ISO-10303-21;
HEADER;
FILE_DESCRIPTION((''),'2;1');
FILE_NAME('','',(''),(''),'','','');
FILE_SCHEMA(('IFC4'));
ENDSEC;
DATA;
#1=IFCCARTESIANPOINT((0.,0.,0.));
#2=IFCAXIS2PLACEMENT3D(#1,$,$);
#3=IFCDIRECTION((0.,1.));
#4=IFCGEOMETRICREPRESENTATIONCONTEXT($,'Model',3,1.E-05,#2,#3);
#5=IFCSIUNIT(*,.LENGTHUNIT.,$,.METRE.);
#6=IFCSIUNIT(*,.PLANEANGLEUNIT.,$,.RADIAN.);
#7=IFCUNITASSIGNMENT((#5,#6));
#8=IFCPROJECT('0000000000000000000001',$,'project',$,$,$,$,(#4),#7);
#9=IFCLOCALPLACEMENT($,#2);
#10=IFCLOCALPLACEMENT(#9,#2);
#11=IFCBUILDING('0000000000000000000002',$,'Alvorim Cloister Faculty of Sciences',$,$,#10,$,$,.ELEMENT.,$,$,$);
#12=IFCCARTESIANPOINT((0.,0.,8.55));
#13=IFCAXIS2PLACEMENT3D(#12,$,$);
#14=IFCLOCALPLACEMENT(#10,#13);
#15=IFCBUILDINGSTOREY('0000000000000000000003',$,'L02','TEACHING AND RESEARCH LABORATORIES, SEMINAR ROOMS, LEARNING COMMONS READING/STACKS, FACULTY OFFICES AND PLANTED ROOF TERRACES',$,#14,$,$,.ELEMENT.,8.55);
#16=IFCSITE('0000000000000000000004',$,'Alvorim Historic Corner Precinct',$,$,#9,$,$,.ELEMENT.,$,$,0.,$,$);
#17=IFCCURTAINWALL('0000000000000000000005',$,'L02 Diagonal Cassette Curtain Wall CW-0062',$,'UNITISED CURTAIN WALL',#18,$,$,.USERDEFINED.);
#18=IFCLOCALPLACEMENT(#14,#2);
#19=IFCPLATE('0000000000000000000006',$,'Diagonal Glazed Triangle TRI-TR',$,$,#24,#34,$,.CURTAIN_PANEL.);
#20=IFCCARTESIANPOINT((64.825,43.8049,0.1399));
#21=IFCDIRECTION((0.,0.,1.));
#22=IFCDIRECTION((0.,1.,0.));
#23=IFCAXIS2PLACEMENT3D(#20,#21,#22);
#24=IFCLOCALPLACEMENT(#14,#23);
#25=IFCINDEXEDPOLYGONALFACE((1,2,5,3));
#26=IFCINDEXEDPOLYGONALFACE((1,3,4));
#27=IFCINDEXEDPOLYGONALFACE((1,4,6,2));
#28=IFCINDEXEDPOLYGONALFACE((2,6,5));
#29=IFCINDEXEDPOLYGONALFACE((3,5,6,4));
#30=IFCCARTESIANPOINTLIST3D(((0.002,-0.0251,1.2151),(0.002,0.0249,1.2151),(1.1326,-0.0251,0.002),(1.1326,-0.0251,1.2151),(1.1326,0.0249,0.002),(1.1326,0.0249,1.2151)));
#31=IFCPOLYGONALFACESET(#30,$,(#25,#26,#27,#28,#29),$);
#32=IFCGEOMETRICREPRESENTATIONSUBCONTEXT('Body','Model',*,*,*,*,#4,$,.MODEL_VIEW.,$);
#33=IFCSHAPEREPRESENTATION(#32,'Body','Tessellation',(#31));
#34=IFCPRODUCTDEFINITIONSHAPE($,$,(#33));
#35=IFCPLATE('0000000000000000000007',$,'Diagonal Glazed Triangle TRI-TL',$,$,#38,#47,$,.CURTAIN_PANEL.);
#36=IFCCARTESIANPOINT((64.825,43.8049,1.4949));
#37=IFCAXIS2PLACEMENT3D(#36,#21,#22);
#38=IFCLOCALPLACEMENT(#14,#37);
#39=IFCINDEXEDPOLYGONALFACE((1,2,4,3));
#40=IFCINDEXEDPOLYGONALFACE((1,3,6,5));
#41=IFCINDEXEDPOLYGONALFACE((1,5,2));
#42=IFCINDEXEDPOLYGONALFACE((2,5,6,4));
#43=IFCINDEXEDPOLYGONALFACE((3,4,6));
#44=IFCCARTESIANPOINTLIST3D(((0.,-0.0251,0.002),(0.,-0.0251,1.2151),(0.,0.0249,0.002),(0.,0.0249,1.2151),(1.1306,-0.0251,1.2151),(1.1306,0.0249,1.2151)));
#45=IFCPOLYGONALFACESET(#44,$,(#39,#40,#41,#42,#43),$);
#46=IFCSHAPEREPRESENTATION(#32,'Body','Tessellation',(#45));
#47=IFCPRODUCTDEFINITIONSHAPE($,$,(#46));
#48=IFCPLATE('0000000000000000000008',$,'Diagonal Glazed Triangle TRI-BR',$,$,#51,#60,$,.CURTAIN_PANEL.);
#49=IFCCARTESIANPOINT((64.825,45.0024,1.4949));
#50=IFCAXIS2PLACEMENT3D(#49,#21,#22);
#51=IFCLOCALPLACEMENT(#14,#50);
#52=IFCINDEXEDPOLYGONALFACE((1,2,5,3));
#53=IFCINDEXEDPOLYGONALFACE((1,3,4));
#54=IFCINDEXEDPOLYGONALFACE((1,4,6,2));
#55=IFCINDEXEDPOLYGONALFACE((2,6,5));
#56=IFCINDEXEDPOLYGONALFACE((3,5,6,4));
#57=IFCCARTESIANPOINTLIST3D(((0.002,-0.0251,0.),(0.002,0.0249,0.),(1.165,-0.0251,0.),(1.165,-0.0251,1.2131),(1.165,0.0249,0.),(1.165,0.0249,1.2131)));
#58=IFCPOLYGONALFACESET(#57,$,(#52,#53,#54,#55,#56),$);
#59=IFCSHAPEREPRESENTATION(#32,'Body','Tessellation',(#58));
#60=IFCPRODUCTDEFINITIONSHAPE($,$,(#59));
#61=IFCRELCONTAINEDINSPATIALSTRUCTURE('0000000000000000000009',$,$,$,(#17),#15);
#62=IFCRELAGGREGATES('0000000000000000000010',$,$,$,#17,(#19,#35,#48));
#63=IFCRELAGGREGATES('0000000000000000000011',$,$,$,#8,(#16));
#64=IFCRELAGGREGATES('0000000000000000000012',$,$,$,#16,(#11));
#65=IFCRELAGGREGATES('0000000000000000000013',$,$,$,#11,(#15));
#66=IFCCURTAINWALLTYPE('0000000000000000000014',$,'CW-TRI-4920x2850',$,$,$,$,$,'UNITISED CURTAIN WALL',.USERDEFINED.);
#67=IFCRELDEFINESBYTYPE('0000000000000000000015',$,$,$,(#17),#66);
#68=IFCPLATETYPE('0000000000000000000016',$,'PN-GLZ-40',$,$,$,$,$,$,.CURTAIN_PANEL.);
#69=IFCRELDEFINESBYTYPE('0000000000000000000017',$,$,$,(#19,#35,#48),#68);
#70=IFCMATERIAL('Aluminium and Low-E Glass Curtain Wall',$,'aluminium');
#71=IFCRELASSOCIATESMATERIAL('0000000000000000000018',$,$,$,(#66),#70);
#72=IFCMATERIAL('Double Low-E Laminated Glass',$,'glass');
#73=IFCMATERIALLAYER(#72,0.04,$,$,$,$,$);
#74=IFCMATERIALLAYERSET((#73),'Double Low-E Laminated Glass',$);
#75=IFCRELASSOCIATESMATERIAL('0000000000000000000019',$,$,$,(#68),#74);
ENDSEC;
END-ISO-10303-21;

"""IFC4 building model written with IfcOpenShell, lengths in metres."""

from ifc_helpers import new_model, si_unit, direction, frame, origin, place, context, subcontext, project, spatial, polyline, outline, extrude, material, layer, layer_set, type_object, element, aggregate, save


model = new_model("IFC4")

# Units and contexts
model_context = context("Model", 3, precision=1e-05, world=origin(), true_north=direction((0.0, 1.0)))
body_context = subcontext(model_context, "Body", "Model", "MODEL_VIEW")
ifc_project = project(units=[si_unit("LENGTHUNIT", "METRE"), si_unit("PLANEANGLEUNIT", "RADIAN")], contexts=[model_context])

# Site, building, storey
site_placement = place(None, origin())
site = spatial("IfcSite", under=ifc_project, at=site_placement, Name="Alvorim Historic Corner Precinct", CompositionType="ELEMENT", RefElevation=0.0)
building_placement = place(site_placement, origin())
building = spatial("IfcBuilding", under=site, at=building_placement, Name="Alvorim Cloister Faculty of Sciences", CompositionType="ELEMENT")
storey_placement = place(building_placement, frame((0.0, 0.0, 8.55)))
storey = spatial("IfcBuildingStorey", under=building, at=storey_placement, Name="L02", Description="TEACHING AND RESEARCH LABORATORIES, SEMINAR ROOMS, LEARNING COMMONS READING/STACKS, FACULTY OFFICES AND PLANTED ROOF TERRACES", CompositionType="ELEMENT", Elevation=8.55)

# Curtain wall, plates
ifc_material_1 = material(Name="Aluminium and Low-E Glass Curtain Wall", Category="aluminium")
curtain_wall_type = type_object("IfcCurtainWallType", Name="CW-TRI-4920x2850", ElementType="UNITISED CURTAIN WALL", PredefinedType="USERDEFINED", material=ifc_material_1)
curtain_wall_placement = place(storey_placement, origin())
curtain_wall = element("IfcCurtainWall", 1, at=curtain_wall_placement, inside=storey, type_object=curtain_wall_type, Name="L02 Diagonal Cassette Curtain Wall CW-0062", ObjectType="UNITISED CURTAIN WALL", PredefinedType="USERDEFINED")
ifc_material_2 = material(Name="Double Low-E Laminated Glass", Category="glass")
ifc_layer_1 = layer(ifc_material_2, 0.04)
ifc_layer_set_1 = layer_set([ifc_layer_1], Name="Double Low-E Laminated Glass")
plate_type = type_object("IfcPlateType", Name="PN-GLZ-40", PredefinedType="CURTAIN_PANEL", material=ifc_layer_set_1)
plate_1_placement = place(storey_placement, frame((64.825, 43.8049, 0.1399), z_axis=(0.0, 0.0, 1.0), x_axis=(0.0, 1.0, 0.0)))
plate_1 = element("IfcPlate", 2, at=plate_1_placement, type_object=plate_type, Name="Diagonal Glazed Triangle TRI-TR", PredefinedType="CURTAIN_PANEL", context=body_context, shape_type="SweptSolid", body=[
    extrude(outline(polyline([(1.1326, 0.002), (1.1326, 1.2151), (0.002, 1.2151), (1.1326, 0.002)])), frame((0.0, 0.0249, 0.0), z_axis=(0.0, -1.0, 0.0), x_axis=(1.0, 0.0, 0.0)), (0.0, 0.0, 1.0), 0.05),
])
plate_2_placement = place(storey_placement, frame((64.825, 43.8049, 1.4949), z_axis=(0.0, 0.0, 1.0), x_axis=(0.0, 1.0, 0.0)))
plate_2 = element("IfcPlate", 3, at=plate_2_placement, type_object=plate_type, Name="Diagonal Glazed Triangle TRI-TL", PredefinedType="CURTAIN_PANEL", context=body_context, shape_type="SweptSolid", body=[
    extrude(outline(polyline([(1.1306, 1.2151), (0.0, 1.2151), (0.0, 0.002), (1.1306, 1.2151)])), frame((0.0, 0.0249, 0.0), z_axis=(0.0, -1.0, 0.0), x_axis=(1.0, 0.0, 0.0)), (0.0, 0.0, 1.0), 0.05),
])
plate_3_placement = place(storey_placement, frame((64.825, 45.0024, 1.4949), z_axis=(0.0, 0.0, 1.0), x_axis=(0.0, 1.0, 0.0)))
plate_3 = element("IfcPlate", 4, at=plate_3_placement, type_object=plate_type, Name="Diagonal Glazed Triangle TRI-BR", PredefinedType="CURTAIN_PANEL", context=body_context, shape_type="SweptSolid", body=[
    extrude(outline(polyline([(0.002, 0.0), (1.165, 0.0), (1.165, 1.2131), (0.002, 0.0)])), frame((0.0, 0.0249, 0.0), z_axis=(0.0, -1.0, 0.0), x_axis=(1.0, 0.0, 0.0)), (0.0, 0.0, 1.0), 0.05),
])
aggregate(curtain_wall, [plate_1, plate_2, plate_3])

save(model, "model.ifc")
